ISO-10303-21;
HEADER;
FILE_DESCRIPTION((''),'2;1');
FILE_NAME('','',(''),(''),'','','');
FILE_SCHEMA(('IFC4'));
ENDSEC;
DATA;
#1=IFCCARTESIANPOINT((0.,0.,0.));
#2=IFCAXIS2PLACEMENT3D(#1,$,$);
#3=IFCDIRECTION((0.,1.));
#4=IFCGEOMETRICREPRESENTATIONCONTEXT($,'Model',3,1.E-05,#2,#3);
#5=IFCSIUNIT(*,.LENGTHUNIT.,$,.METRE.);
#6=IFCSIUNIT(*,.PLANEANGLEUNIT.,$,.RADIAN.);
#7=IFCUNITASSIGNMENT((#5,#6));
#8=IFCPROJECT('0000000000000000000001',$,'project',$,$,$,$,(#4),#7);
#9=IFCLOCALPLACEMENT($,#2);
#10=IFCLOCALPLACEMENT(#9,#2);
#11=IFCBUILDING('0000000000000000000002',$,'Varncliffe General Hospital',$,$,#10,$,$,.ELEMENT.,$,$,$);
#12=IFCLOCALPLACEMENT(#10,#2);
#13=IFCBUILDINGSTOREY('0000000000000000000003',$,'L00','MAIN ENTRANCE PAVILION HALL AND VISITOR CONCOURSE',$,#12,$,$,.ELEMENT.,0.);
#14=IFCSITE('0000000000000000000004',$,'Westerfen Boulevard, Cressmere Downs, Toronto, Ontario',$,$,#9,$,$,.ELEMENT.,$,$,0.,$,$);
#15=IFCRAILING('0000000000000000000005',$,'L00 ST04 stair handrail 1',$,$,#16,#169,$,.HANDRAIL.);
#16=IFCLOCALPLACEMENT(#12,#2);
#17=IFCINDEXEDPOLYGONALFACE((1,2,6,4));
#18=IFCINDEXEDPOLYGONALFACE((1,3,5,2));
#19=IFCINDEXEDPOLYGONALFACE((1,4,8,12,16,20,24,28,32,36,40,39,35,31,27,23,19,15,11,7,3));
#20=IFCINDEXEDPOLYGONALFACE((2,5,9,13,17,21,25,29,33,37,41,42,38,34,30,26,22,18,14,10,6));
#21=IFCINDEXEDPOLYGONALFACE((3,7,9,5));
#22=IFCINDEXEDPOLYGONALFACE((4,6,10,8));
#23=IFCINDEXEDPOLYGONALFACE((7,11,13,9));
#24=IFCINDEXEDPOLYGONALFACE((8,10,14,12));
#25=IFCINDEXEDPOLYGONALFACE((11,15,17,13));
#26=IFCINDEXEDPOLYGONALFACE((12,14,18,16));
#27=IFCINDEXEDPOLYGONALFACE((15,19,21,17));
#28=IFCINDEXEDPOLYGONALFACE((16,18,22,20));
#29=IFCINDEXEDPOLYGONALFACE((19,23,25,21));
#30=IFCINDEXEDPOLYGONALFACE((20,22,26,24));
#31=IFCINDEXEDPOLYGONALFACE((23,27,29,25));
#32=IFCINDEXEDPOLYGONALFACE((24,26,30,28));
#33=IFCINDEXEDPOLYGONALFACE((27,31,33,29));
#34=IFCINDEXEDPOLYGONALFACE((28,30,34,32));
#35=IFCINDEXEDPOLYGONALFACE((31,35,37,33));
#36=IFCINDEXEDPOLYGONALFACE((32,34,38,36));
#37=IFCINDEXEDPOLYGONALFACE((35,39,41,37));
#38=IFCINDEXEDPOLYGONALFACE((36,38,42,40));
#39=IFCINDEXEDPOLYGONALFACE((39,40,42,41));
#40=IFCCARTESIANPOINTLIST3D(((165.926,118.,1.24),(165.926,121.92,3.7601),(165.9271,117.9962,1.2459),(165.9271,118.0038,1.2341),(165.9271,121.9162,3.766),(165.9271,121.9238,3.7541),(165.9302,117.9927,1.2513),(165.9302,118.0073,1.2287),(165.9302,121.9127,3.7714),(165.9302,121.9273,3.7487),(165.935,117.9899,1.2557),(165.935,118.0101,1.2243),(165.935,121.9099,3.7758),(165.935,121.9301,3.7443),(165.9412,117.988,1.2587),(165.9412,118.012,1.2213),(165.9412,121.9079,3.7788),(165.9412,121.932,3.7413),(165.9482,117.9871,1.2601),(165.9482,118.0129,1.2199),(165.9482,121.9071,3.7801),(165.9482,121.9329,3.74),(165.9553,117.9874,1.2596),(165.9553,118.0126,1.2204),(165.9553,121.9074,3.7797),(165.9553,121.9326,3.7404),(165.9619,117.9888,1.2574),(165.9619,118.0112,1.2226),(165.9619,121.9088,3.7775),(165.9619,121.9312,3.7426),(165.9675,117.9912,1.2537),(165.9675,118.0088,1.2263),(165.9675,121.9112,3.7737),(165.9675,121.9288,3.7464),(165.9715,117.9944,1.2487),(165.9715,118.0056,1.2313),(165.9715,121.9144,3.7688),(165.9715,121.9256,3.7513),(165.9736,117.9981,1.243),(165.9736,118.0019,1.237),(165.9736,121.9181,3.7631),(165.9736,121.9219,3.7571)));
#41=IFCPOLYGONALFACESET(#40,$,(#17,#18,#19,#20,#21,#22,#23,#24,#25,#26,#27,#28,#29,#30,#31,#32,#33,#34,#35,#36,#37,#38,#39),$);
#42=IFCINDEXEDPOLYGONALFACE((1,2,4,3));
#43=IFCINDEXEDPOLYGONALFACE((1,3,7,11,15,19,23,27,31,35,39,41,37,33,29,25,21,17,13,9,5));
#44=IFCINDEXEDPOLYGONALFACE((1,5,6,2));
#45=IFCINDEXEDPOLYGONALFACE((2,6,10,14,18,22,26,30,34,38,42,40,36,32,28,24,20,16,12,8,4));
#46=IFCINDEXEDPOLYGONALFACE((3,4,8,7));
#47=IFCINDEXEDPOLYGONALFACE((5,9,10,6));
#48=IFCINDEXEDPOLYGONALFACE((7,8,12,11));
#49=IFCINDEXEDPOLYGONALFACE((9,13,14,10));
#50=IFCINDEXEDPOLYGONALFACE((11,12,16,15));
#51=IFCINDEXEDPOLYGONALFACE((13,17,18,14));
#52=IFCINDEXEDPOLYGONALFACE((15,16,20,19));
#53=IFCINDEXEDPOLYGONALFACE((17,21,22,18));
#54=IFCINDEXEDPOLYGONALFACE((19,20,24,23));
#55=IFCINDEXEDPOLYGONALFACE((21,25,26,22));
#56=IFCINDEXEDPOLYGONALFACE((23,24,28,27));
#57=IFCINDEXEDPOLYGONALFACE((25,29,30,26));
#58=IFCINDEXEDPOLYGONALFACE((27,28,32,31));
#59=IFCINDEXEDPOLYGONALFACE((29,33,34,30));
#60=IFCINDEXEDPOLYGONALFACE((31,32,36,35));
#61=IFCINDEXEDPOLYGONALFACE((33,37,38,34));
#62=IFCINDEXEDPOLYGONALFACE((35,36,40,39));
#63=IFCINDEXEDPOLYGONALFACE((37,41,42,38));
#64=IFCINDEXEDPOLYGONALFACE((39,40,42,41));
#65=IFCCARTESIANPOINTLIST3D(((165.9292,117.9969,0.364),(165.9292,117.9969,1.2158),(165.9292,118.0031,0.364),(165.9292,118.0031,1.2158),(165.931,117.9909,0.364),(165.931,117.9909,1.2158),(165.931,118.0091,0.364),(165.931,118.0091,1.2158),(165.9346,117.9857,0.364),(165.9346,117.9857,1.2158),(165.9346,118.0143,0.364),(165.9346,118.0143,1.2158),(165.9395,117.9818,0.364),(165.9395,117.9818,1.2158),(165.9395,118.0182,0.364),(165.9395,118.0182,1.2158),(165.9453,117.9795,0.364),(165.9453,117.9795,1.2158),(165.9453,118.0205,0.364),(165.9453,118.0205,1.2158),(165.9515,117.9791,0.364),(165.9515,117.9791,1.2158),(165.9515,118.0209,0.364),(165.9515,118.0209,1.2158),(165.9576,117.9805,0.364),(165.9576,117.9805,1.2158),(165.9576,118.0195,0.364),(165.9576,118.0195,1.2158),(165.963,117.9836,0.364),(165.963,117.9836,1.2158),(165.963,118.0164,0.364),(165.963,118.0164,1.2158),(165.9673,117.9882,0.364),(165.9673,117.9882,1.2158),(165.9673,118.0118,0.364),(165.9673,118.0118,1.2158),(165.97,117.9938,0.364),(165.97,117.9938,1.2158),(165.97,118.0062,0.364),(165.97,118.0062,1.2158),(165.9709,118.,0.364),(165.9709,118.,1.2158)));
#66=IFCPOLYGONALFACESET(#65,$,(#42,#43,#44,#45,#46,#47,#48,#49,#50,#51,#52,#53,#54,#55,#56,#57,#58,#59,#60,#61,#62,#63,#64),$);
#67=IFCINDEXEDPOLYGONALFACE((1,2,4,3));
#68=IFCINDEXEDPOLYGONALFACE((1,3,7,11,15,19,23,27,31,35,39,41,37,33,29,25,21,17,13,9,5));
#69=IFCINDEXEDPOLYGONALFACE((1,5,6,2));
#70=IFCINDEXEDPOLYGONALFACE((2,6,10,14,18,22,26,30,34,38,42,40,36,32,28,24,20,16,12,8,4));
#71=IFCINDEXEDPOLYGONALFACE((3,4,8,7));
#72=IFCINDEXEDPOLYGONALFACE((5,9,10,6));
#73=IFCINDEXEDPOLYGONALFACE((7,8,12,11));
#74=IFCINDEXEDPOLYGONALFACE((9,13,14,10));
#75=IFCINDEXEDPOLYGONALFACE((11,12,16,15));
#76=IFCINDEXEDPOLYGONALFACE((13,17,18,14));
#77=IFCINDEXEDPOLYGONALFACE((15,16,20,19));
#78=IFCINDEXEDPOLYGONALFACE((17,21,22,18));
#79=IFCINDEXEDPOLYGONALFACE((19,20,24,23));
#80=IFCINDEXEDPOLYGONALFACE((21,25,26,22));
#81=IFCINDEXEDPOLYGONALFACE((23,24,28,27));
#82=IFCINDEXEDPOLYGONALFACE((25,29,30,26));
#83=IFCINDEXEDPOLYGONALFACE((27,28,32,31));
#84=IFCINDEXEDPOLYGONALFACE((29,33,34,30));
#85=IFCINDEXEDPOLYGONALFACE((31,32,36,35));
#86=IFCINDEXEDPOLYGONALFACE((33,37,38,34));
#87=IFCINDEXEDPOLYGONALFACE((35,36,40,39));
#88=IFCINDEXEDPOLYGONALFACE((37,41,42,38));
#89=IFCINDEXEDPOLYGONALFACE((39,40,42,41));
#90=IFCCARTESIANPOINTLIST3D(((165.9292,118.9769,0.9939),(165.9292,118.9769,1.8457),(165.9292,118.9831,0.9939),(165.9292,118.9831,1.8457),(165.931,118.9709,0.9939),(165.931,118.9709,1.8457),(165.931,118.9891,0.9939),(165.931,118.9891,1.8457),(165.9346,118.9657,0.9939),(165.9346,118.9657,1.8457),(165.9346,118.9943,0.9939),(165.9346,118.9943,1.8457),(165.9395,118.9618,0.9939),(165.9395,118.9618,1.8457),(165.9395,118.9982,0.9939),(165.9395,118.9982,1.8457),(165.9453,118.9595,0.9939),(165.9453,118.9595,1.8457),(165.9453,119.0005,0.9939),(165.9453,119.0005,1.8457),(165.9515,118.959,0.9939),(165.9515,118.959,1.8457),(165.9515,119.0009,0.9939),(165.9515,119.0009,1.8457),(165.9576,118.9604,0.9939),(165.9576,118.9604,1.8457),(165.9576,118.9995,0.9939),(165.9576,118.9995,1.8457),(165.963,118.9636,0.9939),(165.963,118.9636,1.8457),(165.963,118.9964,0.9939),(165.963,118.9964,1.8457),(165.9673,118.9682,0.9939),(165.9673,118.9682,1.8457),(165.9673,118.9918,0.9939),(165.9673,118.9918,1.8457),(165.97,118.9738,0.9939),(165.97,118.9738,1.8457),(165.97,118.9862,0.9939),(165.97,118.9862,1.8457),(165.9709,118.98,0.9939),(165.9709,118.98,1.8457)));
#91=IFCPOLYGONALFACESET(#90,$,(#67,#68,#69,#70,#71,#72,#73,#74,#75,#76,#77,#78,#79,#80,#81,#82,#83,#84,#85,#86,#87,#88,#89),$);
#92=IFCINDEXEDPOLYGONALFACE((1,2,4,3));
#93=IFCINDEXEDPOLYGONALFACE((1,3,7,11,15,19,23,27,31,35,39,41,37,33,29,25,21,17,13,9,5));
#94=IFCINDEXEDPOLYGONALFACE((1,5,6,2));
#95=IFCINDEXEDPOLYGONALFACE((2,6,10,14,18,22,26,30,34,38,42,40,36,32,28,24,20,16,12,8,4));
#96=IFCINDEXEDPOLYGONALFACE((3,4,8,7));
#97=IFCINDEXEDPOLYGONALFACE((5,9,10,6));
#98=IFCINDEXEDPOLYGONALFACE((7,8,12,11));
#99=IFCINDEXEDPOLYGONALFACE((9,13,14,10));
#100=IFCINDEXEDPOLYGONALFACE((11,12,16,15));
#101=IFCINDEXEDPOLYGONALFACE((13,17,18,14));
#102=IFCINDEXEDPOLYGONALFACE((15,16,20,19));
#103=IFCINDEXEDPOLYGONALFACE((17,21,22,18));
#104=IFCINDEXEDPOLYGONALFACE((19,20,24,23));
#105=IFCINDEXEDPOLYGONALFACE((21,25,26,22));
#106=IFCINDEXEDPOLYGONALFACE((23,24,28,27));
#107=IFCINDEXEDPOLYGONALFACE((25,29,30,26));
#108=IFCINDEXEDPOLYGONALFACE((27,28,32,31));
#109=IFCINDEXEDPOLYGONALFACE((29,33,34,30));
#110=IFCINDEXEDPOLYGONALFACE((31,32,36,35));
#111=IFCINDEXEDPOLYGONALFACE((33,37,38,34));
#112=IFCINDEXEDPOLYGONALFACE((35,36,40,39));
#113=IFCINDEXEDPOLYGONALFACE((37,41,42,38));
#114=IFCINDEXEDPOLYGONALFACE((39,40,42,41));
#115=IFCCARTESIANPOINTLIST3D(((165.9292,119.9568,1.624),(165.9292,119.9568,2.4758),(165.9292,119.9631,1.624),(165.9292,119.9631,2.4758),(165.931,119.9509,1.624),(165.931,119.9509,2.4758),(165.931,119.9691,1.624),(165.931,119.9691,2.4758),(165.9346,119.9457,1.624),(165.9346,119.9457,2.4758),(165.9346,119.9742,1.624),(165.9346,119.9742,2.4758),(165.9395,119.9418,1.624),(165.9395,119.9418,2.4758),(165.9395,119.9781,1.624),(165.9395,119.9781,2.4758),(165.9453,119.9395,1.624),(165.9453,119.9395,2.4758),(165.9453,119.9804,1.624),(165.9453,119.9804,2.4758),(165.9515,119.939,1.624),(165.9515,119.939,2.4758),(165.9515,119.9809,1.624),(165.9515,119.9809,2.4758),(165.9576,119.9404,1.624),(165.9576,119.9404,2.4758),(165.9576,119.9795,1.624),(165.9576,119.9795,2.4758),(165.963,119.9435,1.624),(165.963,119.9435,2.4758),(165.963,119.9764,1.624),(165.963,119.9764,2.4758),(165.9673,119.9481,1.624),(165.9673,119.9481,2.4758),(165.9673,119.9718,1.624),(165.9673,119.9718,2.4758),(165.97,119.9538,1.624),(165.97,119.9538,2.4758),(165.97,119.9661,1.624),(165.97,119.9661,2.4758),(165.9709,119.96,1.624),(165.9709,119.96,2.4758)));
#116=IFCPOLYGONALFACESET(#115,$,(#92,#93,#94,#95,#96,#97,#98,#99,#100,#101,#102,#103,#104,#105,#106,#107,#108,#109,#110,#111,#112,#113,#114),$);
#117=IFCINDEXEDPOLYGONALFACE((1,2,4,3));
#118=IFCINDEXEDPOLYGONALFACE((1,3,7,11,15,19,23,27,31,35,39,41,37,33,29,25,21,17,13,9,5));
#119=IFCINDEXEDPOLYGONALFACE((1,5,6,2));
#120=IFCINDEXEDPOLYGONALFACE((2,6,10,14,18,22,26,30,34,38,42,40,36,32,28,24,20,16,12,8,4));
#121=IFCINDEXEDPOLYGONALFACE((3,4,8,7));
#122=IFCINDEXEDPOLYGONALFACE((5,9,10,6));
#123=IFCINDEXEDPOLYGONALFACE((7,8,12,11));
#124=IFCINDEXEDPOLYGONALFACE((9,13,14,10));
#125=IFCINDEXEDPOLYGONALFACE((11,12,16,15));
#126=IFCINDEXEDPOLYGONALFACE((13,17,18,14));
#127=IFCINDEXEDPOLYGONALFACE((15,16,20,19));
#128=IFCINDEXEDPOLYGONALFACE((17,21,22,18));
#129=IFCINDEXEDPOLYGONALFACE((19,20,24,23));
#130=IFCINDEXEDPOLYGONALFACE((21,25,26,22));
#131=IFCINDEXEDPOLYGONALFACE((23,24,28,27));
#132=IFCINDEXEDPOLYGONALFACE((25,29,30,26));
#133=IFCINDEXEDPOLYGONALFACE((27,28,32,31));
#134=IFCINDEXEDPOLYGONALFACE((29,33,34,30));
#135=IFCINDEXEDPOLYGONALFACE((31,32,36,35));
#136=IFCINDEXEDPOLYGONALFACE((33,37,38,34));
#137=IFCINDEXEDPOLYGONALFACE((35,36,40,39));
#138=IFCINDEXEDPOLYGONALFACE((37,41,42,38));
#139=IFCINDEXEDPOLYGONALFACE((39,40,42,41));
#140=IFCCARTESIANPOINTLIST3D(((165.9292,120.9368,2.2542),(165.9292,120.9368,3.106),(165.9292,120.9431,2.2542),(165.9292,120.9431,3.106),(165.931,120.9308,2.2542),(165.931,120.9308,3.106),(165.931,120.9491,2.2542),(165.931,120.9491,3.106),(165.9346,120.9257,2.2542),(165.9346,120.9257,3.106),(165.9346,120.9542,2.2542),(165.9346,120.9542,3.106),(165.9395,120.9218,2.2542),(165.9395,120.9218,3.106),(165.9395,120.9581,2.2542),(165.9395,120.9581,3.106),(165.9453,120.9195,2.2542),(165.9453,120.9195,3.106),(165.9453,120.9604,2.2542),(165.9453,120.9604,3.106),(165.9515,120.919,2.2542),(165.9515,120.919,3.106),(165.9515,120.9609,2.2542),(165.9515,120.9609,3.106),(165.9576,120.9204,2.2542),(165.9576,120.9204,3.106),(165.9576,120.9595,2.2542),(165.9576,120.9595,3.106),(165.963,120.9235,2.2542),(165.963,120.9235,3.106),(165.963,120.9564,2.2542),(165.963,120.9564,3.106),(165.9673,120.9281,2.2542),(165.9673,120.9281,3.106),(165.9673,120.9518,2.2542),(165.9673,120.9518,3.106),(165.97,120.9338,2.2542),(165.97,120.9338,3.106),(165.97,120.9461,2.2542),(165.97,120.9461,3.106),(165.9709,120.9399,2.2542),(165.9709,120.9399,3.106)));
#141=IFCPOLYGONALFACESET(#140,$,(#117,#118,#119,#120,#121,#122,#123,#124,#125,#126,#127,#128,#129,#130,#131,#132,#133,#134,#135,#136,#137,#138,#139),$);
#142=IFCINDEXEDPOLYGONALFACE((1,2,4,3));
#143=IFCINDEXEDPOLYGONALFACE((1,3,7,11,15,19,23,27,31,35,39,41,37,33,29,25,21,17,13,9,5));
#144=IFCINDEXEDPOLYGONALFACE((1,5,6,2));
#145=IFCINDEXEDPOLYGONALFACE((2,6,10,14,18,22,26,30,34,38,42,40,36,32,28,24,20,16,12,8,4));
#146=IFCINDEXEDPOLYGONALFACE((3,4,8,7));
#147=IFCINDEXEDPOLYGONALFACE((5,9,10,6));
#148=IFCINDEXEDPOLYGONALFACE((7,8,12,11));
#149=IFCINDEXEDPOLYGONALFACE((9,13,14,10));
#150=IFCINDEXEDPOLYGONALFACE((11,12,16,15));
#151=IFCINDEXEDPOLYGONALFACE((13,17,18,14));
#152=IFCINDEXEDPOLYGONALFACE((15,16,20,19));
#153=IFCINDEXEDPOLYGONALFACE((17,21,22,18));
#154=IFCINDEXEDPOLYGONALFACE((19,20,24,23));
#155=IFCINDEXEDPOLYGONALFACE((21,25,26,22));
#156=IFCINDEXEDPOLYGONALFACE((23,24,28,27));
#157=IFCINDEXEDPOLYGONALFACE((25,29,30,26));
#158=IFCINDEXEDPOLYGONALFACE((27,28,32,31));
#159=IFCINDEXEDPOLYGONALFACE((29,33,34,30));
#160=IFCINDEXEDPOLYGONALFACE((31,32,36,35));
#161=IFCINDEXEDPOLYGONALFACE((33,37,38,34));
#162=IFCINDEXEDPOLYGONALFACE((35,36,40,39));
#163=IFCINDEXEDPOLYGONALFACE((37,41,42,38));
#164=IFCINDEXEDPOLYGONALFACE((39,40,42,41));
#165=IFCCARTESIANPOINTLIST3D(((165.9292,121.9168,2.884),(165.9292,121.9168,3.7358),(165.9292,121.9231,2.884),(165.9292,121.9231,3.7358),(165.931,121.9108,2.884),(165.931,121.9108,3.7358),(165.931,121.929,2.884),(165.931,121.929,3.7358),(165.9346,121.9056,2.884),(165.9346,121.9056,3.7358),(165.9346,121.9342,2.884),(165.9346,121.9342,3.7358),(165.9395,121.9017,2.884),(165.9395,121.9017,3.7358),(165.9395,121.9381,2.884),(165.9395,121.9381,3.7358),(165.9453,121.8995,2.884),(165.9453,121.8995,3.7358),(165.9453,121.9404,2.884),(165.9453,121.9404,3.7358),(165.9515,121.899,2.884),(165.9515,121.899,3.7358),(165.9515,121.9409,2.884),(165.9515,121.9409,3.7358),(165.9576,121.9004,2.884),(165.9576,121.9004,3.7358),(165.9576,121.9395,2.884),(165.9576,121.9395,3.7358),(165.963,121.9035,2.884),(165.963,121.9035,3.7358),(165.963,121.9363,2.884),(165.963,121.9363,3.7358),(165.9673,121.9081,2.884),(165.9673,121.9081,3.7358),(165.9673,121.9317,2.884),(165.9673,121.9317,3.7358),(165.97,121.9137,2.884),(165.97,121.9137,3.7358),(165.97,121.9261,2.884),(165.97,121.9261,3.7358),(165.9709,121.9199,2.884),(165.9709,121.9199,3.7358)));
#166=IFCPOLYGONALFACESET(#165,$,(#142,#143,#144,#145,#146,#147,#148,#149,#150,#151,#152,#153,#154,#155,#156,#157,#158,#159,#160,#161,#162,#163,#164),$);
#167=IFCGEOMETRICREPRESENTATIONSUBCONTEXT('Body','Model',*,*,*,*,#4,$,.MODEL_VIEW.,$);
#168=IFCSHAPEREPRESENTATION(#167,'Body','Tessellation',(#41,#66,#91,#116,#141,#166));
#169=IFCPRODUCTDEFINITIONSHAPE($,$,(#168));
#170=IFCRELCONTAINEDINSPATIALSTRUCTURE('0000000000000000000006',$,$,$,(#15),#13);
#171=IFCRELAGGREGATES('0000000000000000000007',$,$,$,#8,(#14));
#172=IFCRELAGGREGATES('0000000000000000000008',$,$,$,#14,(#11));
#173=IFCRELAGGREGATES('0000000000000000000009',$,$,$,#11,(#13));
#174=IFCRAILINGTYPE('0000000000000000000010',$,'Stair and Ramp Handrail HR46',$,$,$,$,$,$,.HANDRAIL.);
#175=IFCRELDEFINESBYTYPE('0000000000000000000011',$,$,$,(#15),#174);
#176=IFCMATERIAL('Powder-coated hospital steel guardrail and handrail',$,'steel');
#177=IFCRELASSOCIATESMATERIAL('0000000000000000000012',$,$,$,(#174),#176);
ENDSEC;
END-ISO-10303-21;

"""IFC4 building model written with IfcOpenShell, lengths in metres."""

from ifc_helpers import new_model, si_unit, direction, frame, origin, origin_2d, place, context, subcontext, project, spatial, circle, extrude, material, type_object, element, save


model = new_model("IFC4")

# Units and contexts
model_context = context("Model", 3, precision=1e-05, world=origin(), true_north=direction((0.0, 1.0)))
body_context = subcontext(model_context, "Body", "Model", "MODEL_VIEW")
ifc_project = project(units=[si_unit("LENGTHUNIT", "METRE"), si_unit("PLANEANGLEUNIT", "RADIAN")], contexts=[model_context])

# Site, building, storey
site_placement = place(None, origin())
site = spatial("IfcSite", under=ifc_project, at=site_placement, Name="Westerfen Boulevard, Cressmere Downs, Toronto, Ontario", CompositionType="ELEMENT", RefElevation=0.0)
building_placement = place(site_placement, origin())
building = spatial("IfcBuilding", under=site, at=building_placement, Name="Varncliffe General Hospital", CompositionType="ELEMENT")
storey_placement = place(building_placement, origin())
storey = spatial("IfcBuildingStorey", under=building, at=storey_placement, Name="L00", Description="MAIN ENTRANCE PAVILION HALL AND VISITOR CONCOURSE", CompositionType="ELEMENT", Elevation=0.0)

# Railing
ifc_material_1 = material(Name="Powder-coated hospital steel guardrail and handrail", Category="steel")
railing_type_1 = type_object("IfcRailingType", Name="Stair and Ramp Handrail HR46", PredefinedType="HANDRAIL", material=ifc_material_1)
railing_1_placement = place(storey_placement, frame((165.95, 118.0, 0.364)))
element("IfcRailing", 1, at=railing_1_placement, inside=storey, type_object=railing_type_1, Name="L00 ST04 stair handrail 1", PredefinedType="HANDRAIL", context=body_context, shape_type="SweptSolid", body=[
    extrude(circle(Radius=0.0239, at=origin_2d()), frame((0.0, 0.0, 0.876), z_axis=(0.0, 0.841172, 0.540768), x_axis=(-1.0, 0.0, 0.0)), (0.0, 0.0, 1.0), 4.6602),
    extrude(circle(Radius=0.021, at=origin_2d()), origin(), (0.0, 0.0, 1.0), 0.8518),
    extrude(circle(Radius=0.021, at=origin_2d()), frame((0.0, 0.98, 0.6299)), (0.0, 0.0, 1.0), 0.8518),
    extrude(circle(Radius=0.021, at=origin_2d()), frame((0.0, 1.96, 1.26)), (0.0, 0.0, 1.0), 0.8518),
    extrude(circle(Radius=0.021, at=origin_2d()), frame((0.0, 2.9399, 1.8901)), (0.0, 0.0, 1.0), 0.8518),
    extrude(circle(Radius=0.021, at=origin_2d()), frame((0.0, 3.9199, 2.52)), (0.0, 0.0, 1.0), 0.8518),
])

save(model, "model.ifc")
